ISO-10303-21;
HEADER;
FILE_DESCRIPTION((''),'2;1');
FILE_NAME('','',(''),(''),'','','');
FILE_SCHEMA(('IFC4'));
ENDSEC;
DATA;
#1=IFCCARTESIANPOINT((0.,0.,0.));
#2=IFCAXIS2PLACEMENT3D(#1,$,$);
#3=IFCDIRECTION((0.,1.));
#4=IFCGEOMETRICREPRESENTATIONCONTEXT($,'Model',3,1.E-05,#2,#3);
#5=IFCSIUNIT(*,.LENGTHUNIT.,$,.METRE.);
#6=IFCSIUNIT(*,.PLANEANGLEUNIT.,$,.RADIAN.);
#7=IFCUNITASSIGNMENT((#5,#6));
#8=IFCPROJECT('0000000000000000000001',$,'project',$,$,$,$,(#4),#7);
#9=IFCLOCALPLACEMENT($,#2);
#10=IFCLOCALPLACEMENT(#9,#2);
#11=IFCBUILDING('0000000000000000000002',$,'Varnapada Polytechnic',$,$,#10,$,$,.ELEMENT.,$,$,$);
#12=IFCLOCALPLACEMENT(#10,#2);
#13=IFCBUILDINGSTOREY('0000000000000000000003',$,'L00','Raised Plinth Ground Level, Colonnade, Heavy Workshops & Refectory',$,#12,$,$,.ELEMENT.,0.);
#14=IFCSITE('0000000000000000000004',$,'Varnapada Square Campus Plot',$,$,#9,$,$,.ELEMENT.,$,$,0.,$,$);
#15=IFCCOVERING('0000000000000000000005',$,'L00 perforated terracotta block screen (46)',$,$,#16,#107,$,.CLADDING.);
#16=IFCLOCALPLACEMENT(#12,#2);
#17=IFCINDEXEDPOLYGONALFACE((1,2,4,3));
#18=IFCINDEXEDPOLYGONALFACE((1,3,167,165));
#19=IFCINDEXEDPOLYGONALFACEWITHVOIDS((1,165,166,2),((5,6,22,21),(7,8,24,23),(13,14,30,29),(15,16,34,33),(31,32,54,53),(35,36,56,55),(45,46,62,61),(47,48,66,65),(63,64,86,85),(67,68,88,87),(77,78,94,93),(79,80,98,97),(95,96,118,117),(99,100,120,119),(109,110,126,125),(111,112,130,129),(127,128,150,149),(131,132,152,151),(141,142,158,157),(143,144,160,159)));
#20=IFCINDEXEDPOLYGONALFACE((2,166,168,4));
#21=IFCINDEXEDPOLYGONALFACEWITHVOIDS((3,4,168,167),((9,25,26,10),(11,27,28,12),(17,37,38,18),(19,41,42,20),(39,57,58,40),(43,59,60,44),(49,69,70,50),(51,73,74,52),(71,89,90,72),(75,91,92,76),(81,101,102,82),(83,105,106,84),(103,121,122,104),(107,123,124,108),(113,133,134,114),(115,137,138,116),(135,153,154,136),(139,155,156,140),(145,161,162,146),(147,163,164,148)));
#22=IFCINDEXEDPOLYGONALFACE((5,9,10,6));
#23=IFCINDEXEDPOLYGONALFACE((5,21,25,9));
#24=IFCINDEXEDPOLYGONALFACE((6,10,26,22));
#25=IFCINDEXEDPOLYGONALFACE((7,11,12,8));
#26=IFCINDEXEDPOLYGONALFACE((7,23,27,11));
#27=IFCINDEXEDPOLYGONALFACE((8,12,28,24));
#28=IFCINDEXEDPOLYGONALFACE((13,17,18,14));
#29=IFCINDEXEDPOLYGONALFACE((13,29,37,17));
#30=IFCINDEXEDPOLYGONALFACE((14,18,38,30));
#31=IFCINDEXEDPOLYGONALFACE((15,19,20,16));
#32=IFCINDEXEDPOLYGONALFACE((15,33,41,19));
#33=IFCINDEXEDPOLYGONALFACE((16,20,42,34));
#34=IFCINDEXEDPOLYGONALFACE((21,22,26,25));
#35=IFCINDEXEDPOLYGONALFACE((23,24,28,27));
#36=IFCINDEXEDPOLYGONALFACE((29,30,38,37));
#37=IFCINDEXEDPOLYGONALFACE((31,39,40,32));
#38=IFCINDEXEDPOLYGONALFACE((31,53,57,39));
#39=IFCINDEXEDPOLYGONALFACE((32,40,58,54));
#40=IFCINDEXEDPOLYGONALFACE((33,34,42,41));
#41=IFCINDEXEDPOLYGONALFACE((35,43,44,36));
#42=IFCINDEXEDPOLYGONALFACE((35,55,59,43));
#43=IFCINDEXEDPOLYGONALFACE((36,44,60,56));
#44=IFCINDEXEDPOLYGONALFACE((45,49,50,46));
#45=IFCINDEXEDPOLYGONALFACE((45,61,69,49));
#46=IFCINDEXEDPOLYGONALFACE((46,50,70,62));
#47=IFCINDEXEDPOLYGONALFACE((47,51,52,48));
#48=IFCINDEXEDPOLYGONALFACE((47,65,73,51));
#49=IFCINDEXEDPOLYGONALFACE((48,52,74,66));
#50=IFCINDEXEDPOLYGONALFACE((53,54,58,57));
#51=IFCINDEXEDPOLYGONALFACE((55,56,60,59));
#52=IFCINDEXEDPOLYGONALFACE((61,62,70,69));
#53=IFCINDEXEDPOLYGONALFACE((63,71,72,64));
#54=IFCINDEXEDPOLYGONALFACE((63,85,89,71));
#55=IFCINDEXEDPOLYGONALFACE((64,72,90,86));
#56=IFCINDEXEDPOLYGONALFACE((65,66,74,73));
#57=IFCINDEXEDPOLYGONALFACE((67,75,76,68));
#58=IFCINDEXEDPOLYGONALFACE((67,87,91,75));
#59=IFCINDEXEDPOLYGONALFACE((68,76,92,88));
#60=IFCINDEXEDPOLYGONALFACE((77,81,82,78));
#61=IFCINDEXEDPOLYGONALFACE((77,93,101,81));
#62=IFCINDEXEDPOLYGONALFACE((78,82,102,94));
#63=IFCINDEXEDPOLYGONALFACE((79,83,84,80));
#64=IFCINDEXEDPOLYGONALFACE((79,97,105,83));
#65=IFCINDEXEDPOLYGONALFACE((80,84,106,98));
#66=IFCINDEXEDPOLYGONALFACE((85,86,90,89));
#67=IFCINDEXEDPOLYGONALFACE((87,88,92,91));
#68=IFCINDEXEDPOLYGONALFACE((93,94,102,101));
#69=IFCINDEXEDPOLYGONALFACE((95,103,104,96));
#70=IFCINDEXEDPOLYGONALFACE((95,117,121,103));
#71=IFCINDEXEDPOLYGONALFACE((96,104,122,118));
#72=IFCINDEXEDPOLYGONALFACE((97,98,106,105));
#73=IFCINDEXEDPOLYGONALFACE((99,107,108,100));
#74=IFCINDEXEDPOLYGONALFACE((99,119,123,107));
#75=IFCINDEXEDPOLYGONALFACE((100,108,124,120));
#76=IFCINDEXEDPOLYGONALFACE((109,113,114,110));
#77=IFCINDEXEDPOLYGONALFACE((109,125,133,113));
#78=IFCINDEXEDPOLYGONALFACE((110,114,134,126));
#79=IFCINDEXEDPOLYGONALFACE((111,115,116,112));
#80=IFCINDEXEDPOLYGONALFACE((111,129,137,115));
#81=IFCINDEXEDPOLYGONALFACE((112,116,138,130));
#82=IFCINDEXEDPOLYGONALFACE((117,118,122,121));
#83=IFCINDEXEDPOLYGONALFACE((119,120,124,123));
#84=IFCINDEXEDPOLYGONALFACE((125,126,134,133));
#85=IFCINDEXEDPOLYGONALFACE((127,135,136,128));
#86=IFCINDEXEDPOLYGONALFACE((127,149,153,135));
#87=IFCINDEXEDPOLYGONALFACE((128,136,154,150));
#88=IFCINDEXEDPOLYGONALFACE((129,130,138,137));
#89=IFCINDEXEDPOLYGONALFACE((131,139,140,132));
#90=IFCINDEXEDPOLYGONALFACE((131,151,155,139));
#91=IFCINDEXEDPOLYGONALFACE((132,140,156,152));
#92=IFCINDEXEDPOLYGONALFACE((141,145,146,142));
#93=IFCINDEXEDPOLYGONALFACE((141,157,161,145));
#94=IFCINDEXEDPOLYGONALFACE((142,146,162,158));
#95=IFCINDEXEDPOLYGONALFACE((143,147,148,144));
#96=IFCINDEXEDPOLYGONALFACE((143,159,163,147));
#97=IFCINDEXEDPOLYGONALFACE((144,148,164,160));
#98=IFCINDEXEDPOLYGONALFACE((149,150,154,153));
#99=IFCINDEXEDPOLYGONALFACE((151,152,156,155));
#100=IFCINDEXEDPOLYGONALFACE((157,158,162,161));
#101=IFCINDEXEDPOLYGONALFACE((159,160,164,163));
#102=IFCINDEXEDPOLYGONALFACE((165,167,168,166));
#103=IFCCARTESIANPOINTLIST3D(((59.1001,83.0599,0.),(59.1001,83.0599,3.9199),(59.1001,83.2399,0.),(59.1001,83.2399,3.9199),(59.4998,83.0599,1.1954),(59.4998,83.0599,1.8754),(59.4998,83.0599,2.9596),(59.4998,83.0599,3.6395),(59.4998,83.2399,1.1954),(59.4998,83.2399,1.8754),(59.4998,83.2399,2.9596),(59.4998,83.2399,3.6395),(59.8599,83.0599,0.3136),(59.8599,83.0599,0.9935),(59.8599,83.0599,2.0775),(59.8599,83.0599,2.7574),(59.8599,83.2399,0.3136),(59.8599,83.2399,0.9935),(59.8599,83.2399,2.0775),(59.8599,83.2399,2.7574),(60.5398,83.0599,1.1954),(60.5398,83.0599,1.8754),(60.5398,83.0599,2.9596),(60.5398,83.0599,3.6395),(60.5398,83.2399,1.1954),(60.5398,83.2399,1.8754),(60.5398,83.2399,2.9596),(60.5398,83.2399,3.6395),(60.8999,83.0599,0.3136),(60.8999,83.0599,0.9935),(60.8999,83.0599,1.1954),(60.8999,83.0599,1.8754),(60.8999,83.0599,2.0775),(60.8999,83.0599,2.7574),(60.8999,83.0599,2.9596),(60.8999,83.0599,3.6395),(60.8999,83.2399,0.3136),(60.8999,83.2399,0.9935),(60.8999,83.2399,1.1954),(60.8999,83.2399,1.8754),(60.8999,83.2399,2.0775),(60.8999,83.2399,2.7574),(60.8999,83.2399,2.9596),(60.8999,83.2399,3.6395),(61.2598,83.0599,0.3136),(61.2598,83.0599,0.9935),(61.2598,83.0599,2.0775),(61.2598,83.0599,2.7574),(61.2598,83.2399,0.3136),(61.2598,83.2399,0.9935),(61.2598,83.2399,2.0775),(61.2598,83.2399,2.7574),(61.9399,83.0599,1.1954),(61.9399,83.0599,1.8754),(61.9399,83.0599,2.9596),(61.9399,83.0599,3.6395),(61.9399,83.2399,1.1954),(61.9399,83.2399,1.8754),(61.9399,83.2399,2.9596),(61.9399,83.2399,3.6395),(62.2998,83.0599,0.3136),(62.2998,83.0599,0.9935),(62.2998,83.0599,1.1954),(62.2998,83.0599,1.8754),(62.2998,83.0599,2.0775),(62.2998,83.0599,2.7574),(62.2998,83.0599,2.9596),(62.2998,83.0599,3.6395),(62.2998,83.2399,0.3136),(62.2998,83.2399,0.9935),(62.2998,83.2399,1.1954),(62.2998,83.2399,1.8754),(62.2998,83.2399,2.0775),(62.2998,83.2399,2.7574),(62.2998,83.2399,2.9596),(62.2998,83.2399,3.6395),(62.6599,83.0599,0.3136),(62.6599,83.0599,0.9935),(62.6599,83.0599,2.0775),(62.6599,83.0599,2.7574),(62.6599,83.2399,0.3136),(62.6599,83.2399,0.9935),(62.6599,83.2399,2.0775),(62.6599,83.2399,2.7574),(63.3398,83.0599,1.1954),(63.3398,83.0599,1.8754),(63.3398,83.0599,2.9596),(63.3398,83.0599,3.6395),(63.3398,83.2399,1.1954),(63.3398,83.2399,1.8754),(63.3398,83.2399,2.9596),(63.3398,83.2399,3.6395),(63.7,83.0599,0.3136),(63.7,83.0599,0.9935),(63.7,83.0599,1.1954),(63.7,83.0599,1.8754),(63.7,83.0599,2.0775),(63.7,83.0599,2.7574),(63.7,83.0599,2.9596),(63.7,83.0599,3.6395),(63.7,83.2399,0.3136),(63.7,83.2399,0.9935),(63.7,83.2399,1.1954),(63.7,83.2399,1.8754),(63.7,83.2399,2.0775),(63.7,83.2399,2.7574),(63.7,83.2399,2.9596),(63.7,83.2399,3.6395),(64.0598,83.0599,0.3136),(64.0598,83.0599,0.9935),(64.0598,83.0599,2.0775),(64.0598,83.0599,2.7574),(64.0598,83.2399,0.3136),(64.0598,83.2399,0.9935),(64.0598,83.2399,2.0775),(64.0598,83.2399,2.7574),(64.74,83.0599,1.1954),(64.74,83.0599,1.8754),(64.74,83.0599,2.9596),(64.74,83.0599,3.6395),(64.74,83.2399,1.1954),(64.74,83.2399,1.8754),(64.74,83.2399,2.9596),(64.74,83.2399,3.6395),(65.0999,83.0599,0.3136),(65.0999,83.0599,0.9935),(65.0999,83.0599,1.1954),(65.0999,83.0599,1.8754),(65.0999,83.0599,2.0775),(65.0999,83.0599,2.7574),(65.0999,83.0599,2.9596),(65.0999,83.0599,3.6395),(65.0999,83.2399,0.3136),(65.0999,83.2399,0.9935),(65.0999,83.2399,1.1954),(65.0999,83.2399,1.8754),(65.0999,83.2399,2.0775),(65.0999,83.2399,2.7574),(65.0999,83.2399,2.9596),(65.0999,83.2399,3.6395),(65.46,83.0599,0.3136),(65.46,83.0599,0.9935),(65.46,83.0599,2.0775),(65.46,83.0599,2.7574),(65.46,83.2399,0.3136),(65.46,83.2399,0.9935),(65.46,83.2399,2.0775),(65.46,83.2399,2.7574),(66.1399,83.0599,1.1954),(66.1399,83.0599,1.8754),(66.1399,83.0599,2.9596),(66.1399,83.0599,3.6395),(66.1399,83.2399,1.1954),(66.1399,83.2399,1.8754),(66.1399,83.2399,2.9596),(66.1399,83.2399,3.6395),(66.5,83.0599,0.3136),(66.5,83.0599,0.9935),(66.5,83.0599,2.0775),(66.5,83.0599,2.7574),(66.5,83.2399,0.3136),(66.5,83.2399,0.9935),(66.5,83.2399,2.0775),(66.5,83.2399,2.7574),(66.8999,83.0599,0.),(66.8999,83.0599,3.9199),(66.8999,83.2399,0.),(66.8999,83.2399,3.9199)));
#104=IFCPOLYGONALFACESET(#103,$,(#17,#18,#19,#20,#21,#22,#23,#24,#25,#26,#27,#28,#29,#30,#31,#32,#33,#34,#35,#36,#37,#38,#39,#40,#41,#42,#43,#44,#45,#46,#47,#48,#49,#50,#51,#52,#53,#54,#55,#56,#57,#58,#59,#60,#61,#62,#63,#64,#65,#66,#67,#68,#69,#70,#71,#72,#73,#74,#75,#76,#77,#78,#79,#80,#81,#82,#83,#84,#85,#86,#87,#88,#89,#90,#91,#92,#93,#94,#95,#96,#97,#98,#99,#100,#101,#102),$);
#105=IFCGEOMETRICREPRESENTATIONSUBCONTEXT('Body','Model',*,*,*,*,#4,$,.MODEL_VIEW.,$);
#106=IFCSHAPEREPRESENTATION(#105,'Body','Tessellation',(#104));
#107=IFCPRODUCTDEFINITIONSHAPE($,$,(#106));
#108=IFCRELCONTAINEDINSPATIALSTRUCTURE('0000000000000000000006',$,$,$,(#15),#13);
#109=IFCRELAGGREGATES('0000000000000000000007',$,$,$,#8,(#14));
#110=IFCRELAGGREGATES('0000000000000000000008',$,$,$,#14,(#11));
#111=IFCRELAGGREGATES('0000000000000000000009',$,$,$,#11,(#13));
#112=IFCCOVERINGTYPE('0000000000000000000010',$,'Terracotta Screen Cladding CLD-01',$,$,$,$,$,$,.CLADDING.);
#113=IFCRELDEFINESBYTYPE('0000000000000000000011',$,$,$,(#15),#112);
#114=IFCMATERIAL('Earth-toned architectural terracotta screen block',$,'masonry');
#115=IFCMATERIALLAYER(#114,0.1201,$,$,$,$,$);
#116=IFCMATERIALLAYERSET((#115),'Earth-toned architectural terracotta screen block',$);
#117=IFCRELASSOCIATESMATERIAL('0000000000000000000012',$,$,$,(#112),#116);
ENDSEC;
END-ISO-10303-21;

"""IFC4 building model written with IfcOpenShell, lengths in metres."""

from ifc_helpers import new_model, si_unit, direction, frame, frame_2d, origin, place, context, subcontext, project, spatial, rectangle, extrude, material, layer, layer_set, type_object, element, save


model = new_model("IFC4")

# Units and contexts
model_context = context("Model", 3, precision=1e-05, world=origin(), true_north=direction((0.0, 1.0)))
body_context = subcontext(model_context, "Body", "Model", "MODEL_VIEW")
ifc_project = project(units=[si_unit("LENGTHUNIT", "METRE"), si_unit("PLANEANGLEUNIT", "RADIAN")], contexts=[model_context])

# Site, building, storey
site_placement = place(None, origin())
site = spatial("IfcSite", under=ifc_project, at=site_placement, Name="Varnapada Square Campus Plot", CompositionType="ELEMENT", RefElevation=0.0)
building_placement = place(site_placement, origin())
building = spatial("IfcBuilding", under=site, at=building_placement, Name="Varnapada Polytechnic", CompositionType="ELEMENT")
storey_placement = place(building_placement, origin())
storey = spatial("IfcBuildingStorey", under=building, at=storey_placement, Name="L00", Description="Raised Plinth Ground Level, Colonnade, Heavy Workshops & Refectory", CompositionType="ELEMENT", Elevation=0.0)

# Covering, openings
ifc_material_1 = material(Name="Earth-toned architectural terracotta screen block", Category="masonry")
ifc_layer_1 = layer(ifc_material_1, 0.1201)
ifc_layer_set_1 = layer_set([ifc_layer_1], Name="Earth-toned architectural terracotta screen block")
covering_type = type_object("IfcCoveringType", Name="Terracotta Screen Cladding CLD-01", PredefinedType="CLADDING", material=ifc_layer_set_1)
covering_placement = place(storey_placement, frame((66.8999, 83.1499, 0.0), z_axis=(0.0, 0.0, 1.0), x_axis=(-1.0, 0.0, 0.0)))
covering = element("IfcCovering", 1, at=covering_placement, inside=storey, type_object=covering_type, Name="L00 perforated terracotta block screen (46)", PredefinedType="CLADDING", context=body_context, shape_type="SweptSolid", body=[
    extrude(rectangle(XDim=7.7998, YDim=0.1799, at=frame_2d((3.8999, 0.0))), origin(), (0.0, 0.0, 1.0), 3.9199),
])
opening_1_placement = place(covering_placement, frame((0.3999, 0.0, 0.3137)))
element("IfcOpeningElement", 2, at=opening_1_placement, cuts=covering, PredefinedType="OPENING", context=body_context, shape_type="SweptSolid", body=[
    extrude(rectangle(XDim=1.04, YDim=0.6799, at=frame_2d((0.52, 0.3398))), frame((0.0, 0.0999, 0.0), z_axis=(0.0, -1.0, 0.0), x_axis=(1.0, 0.0, 0.0)), (0.0, 0.0, 1.0), 0.2),
])
opening_2_placement = place(covering_placement, frame((1.8, 0.0, 0.3137)))
element("IfcOpeningElement", 3, at=opening_2_placement, cuts=covering, PredefinedType="OPENING", context=body_context, shape_type="SweptSolid", body=[
    extrude(rectangle(XDim=1.04, YDim=0.6799, at=frame_2d((0.52, 0.3398))), frame((0.0, 0.0999, 0.0), z_axis=(0.0, -1.0, 0.0), x_axis=(1.0, 0.0, 0.0)), (0.0, 0.0, 1.0), 0.2),
])
opening_3_placement = place(covering_placement, frame((3.2, 0.0, 0.3137)))
element("IfcOpeningElement", 4, at=opening_3_placement, cuts=covering, PredefinedType="OPENING", context=body_context, shape_type="SweptSolid", body=[
    extrude(rectangle(XDim=1.04, YDim=0.6799, at=frame_2d((0.52, 0.3398))), frame((0.0, 0.0999, 0.0), z_axis=(0.0, -1.0, 0.0), x_axis=(1.0, 0.0, 0.0)), (0.0, 0.0, 1.0), 0.2),
])
opening_4_placement = place(covering_placement, frame((4.6001, 0.0, 0.3137)))
element("IfcOpeningElement", 5, at=opening_4_placement, cuts=covering, PredefinedType="OPENING", context=body_context, shape_type="SweptSolid", body=[
    extrude(rectangle(XDim=1.04, YDim=0.6799, at=frame_2d((0.52, 0.3398))), frame((0.0, 0.0999, 0.0), z_axis=(0.0, -1.0, 0.0), x_axis=(1.0, 0.0, 0.0)), (0.0, 0.0, 1.0), 0.2),
])
opening_5_placement = place(covering_placement, frame((6.0, 0.0, 0.3137)))
element("IfcOpeningElement", 6, at=opening_5_placement, cuts=covering, PredefinedType="OPENING", context=body_context, shape_type="SweptSolid", body=[
    extrude(rectangle(XDim=1.04, YDim=0.6799, at=frame_2d((0.52, 0.3398))), frame((0.0, 0.0999, 0.0), z_axis=(0.0, -1.0, 0.0), x_axis=(1.0, 0.0, 0.0)), (0.0, 0.0, 1.0), 0.2),
])
opening_6_placement = place(covering_placement, frame((0.76, 0.0, 1.1956)))
element("IfcOpeningElement", 7, at=opening_6_placement, cuts=covering, PredefinedType="OPENING", context=body_context, shape_type="SweptSolid", body=[
    extrude(rectangle(XDim=1.04, YDim=0.6799, at=frame_2d((0.52, 0.3398))), frame((0.0, 0.0999, 0.0), z_axis=(0.0, -1.0, 0.0), x_axis=(1.0, 0.0, 0.0)), (0.0, 0.0, 1.0), 0.2),
])
opening_7_placement = place(covering_placement, frame((2.1599, 0.0, 1.1956)))
element("IfcOpeningElement", 8, at=opening_7_placement, cuts=covering, PredefinedType="OPENING", context=body_context, shape_type="SweptSolid", body=[
    extrude(rectangle(XDim=1.04, YDim=0.6799, at=frame_2d((0.52, 0.3398))), frame((0.0, 0.0999, 0.0), z_axis=(0.0, -1.0, 0.0), x_axis=(1.0, 0.0, 0.0)), (0.0, 0.0, 1.0), 0.2),
])
opening_8_placement = place(covering_placement, frame((3.5601, 0.0, 1.1956)))
element("IfcOpeningElement", 9, at=opening_8_placement, cuts=covering, PredefinedType="OPENING", context=body_context, shape_type="SweptSolid", body=[
    extrude(rectangle(XDim=1.04, YDim=0.6799, at=frame_2d((0.52, 0.3398))), frame((0.0, 0.0999, 0.0), z_axis=(0.0, -1.0, 0.0), x_axis=(1.0, 0.0, 0.0)), (0.0, 0.0, 1.0), 0.2),
])
opening_9_placement = place(covering_placement, frame((4.96, 0.0, 1.1956)))
element("IfcOpeningElement", 10, at=opening_9_placement, cuts=covering, PredefinedType="OPENING", context=body_context, shape_type="SweptSolid", body=[
    extrude(rectangle(XDim=1.04, YDim=0.6799, at=frame_2d((0.52, 0.3398))), frame((0.0, 0.0999, 0.0), z_axis=(0.0, -1.0, 0.0), x_axis=(1.0, 0.0, 0.0)), (0.0, 0.0, 1.0), 0.2),
])
opening_10_placement = place(covering_placement, frame((6.3601, 0.0, 1.1956)))
element("IfcOpeningElement", 11, at=opening_10_placement, cuts=covering, PredefinedType="OPENING", context=body_context, shape_type="SweptSolid", body=[
    extrude(rectangle(XDim=1.04, YDim=0.6799, at=frame_2d((0.52, 0.3398))), frame((0.0, 0.0999, 0.0), z_axis=(0.0, -1.0, 0.0), x_axis=(1.0, 0.0, 0.0)), (0.0, 0.0, 1.0), 0.2),
])
opening_11_placement = place(covering_placement, frame((0.3999, 0.0, 2.0776)))
element("IfcOpeningElement", 12, at=opening_11_placement, cuts=covering, PredefinedType="OPENING", context=body_context, shape_type="SweptSolid", body=[
    extrude(rectangle(XDim=1.04, YDim=0.6799, at=frame_2d((0.52, 0.3398))), frame((0.0, 0.0999, 0.0), z_axis=(0.0, -1.0, 0.0), x_axis=(1.0, 0.0, 0.0)), (0.0, 0.0, 1.0), 0.2),
])
opening_12_placement = place(covering_placement, frame((1.8, 0.0, 2.0776)))
element("IfcOpeningElement", 13, at=opening_12_placement, cuts=covering, PredefinedType="OPENING", context=body_context, shape_type="SweptSolid", body=[
    extrude(rectangle(XDim=1.04, YDim=0.6799, at=frame_2d((0.52, 0.3398))), frame((0.0, 0.0999, 0.0), z_axis=(0.0, -1.0, 0.0), x_axis=(1.0, 0.0, 0.0)), (0.0, 0.0, 1.0), 0.2),
])
opening_13_placement = place(covering_placement, frame((3.2, 0.0, 2.0776)))
element("IfcOpeningElement", 14, at=opening_13_placement, cuts=covering, PredefinedType="OPENING", context=body_context, shape_type="SweptSolid", body=[
    extrude(rectangle(XDim=1.04, YDim=0.6799, at=frame_2d((0.52, 0.3398))), frame((0.0, 0.0999, 0.0), z_axis=(0.0, -1.0, 0.0), x_axis=(1.0, 0.0, 0.0)), (0.0, 0.0, 1.0), 0.2),
])
opening_14_placement = place(covering_placement, frame((4.6001, 0.0, 2.0776)))
element("IfcOpeningElement", 15, at=opening_14_placement, cuts=covering, PredefinedType="OPENING", context=body_context, shape_type="SweptSolid", body=[
    extrude(rectangle(XDim=1.04, YDim=0.6799, at=frame_2d((0.52, 0.3398))), frame((0.0, 0.0999, 0.0), z_axis=(0.0, -1.0, 0.0), x_axis=(1.0, 0.0, 0.0)), (0.0, 0.0, 1.0), 0.2),
])
opening_15_placement = place(covering_placement, frame((6.0, 0.0, 2.0776)))
element("IfcOpeningElement", 16, at=opening_15_placement, cuts=covering, PredefinedType="OPENING", context=body_context, shape_type="SweptSolid", body=[
    extrude(rectangle(XDim=1.04, YDim=0.6799, at=frame_2d((0.52, 0.3398))), frame((0.0, 0.0999, 0.0), z_axis=(0.0, -1.0, 0.0), x_axis=(1.0, 0.0, 0.0)), (0.0, 0.0, 1.0), 0.2),
])
opening_16_placement = place(covering_placement, frame((0.76, 0.0, 2.9597)))
element("IfcOpeningElement", 17, at=opening_16_placement, cuts=covering, PredefinedType="OPENING", context=body_context, shape_type="SweptSolid", body=[
    extrude(rectangle(XDim=1.04, YDim=0.6799, at=frame_2d((0.52, 0.3398))), frame((0.0, 0.0999, 0.0), z_axis=(0.0, -1.0, 0.0), x_axis=(1.0, 0.0, 0.0)), (0.0, 0.0, 1.0), 0.2),
])
opening_17_placement = place(covering_placement, frame((2.1599, 0.0, 2.9597)))
element("IfcOpeningElement", 18, at=opening_17_placement, cuts=covering, PredefinedType="OPENING", context=body_context, shape_type="SweptSolid", body=[
    extrude(rectangle(XDim=1.04, YDim=0.6799, at=frame_2d((0.52, 0.3398))), frame((0.0, 0.0999, 0.0), z_axis=(0.0, -1.0, 0.0), x_axis=(1.0, 0.0, 0.0)), (0.0, 0.0, 1.0), 0.2),
])
opening_18_placement = place(covering_placement, frame((3.5601, 0.0, 2.9597)))
element("IfcOpeningElement", 19, at=opening_18_placement, cuts=covering, PredefinedType="OPENING", context=body_context, shape_type="SweptSolid", body=[
    extrude(rectangle(XDim=1.04, YDim=0.6799, at=frame_2d((0.52, 0.3398))), frame((0.0, 0.0999, 0.0), z_axis=(0.0, -1.0, 0.0), x_axis=(1.0, 0.0, 0.0)), (0.0, 0.0, 1.0), 0.2),
])
opening_19_placement = place(covering_placement, frame((4.96, 0.0, 2.9597)))
element("IfcOpeningElement", 20, at=opening_19_placement, cuts=covering, PredefinedType="OPENING", context=body_context, shape_type="SweptSolid", body=[
    extrude(rectangle(XDim=1.04, YDim=0.6799, at=frame_2d((0.52, 0.3398))), frame((0.0, 0.0999, 0.0), z_axis=(0.0, -1.0, 0.0), x_axis=(1.0, 0.0, 0.0)), (0.0, 0.0, 1.0), 0.2),
])
opening_20_placement = place(covering_placement, frame((6.3601, 0.0, 2.9597)))
element("IfcOpeningElement", 21, at=opening_20_placement, cuts=covering, PredefinedType="OPENING", context=body_context, shape_type="SweptSolid", body=[
    extrude(rectangle(XDim=1.04, YDim=0.6799, at=frame_2d((0.52, 0.3398))), frame((0.0, 0.0999, 0.0), z_axis=(0.0, -1.0, 0.0), x_axis=(1.0, 0.0, 0.0)), (0.0, 0.0, 1.0), 0.2),
])

save(model, "model.ifc")
